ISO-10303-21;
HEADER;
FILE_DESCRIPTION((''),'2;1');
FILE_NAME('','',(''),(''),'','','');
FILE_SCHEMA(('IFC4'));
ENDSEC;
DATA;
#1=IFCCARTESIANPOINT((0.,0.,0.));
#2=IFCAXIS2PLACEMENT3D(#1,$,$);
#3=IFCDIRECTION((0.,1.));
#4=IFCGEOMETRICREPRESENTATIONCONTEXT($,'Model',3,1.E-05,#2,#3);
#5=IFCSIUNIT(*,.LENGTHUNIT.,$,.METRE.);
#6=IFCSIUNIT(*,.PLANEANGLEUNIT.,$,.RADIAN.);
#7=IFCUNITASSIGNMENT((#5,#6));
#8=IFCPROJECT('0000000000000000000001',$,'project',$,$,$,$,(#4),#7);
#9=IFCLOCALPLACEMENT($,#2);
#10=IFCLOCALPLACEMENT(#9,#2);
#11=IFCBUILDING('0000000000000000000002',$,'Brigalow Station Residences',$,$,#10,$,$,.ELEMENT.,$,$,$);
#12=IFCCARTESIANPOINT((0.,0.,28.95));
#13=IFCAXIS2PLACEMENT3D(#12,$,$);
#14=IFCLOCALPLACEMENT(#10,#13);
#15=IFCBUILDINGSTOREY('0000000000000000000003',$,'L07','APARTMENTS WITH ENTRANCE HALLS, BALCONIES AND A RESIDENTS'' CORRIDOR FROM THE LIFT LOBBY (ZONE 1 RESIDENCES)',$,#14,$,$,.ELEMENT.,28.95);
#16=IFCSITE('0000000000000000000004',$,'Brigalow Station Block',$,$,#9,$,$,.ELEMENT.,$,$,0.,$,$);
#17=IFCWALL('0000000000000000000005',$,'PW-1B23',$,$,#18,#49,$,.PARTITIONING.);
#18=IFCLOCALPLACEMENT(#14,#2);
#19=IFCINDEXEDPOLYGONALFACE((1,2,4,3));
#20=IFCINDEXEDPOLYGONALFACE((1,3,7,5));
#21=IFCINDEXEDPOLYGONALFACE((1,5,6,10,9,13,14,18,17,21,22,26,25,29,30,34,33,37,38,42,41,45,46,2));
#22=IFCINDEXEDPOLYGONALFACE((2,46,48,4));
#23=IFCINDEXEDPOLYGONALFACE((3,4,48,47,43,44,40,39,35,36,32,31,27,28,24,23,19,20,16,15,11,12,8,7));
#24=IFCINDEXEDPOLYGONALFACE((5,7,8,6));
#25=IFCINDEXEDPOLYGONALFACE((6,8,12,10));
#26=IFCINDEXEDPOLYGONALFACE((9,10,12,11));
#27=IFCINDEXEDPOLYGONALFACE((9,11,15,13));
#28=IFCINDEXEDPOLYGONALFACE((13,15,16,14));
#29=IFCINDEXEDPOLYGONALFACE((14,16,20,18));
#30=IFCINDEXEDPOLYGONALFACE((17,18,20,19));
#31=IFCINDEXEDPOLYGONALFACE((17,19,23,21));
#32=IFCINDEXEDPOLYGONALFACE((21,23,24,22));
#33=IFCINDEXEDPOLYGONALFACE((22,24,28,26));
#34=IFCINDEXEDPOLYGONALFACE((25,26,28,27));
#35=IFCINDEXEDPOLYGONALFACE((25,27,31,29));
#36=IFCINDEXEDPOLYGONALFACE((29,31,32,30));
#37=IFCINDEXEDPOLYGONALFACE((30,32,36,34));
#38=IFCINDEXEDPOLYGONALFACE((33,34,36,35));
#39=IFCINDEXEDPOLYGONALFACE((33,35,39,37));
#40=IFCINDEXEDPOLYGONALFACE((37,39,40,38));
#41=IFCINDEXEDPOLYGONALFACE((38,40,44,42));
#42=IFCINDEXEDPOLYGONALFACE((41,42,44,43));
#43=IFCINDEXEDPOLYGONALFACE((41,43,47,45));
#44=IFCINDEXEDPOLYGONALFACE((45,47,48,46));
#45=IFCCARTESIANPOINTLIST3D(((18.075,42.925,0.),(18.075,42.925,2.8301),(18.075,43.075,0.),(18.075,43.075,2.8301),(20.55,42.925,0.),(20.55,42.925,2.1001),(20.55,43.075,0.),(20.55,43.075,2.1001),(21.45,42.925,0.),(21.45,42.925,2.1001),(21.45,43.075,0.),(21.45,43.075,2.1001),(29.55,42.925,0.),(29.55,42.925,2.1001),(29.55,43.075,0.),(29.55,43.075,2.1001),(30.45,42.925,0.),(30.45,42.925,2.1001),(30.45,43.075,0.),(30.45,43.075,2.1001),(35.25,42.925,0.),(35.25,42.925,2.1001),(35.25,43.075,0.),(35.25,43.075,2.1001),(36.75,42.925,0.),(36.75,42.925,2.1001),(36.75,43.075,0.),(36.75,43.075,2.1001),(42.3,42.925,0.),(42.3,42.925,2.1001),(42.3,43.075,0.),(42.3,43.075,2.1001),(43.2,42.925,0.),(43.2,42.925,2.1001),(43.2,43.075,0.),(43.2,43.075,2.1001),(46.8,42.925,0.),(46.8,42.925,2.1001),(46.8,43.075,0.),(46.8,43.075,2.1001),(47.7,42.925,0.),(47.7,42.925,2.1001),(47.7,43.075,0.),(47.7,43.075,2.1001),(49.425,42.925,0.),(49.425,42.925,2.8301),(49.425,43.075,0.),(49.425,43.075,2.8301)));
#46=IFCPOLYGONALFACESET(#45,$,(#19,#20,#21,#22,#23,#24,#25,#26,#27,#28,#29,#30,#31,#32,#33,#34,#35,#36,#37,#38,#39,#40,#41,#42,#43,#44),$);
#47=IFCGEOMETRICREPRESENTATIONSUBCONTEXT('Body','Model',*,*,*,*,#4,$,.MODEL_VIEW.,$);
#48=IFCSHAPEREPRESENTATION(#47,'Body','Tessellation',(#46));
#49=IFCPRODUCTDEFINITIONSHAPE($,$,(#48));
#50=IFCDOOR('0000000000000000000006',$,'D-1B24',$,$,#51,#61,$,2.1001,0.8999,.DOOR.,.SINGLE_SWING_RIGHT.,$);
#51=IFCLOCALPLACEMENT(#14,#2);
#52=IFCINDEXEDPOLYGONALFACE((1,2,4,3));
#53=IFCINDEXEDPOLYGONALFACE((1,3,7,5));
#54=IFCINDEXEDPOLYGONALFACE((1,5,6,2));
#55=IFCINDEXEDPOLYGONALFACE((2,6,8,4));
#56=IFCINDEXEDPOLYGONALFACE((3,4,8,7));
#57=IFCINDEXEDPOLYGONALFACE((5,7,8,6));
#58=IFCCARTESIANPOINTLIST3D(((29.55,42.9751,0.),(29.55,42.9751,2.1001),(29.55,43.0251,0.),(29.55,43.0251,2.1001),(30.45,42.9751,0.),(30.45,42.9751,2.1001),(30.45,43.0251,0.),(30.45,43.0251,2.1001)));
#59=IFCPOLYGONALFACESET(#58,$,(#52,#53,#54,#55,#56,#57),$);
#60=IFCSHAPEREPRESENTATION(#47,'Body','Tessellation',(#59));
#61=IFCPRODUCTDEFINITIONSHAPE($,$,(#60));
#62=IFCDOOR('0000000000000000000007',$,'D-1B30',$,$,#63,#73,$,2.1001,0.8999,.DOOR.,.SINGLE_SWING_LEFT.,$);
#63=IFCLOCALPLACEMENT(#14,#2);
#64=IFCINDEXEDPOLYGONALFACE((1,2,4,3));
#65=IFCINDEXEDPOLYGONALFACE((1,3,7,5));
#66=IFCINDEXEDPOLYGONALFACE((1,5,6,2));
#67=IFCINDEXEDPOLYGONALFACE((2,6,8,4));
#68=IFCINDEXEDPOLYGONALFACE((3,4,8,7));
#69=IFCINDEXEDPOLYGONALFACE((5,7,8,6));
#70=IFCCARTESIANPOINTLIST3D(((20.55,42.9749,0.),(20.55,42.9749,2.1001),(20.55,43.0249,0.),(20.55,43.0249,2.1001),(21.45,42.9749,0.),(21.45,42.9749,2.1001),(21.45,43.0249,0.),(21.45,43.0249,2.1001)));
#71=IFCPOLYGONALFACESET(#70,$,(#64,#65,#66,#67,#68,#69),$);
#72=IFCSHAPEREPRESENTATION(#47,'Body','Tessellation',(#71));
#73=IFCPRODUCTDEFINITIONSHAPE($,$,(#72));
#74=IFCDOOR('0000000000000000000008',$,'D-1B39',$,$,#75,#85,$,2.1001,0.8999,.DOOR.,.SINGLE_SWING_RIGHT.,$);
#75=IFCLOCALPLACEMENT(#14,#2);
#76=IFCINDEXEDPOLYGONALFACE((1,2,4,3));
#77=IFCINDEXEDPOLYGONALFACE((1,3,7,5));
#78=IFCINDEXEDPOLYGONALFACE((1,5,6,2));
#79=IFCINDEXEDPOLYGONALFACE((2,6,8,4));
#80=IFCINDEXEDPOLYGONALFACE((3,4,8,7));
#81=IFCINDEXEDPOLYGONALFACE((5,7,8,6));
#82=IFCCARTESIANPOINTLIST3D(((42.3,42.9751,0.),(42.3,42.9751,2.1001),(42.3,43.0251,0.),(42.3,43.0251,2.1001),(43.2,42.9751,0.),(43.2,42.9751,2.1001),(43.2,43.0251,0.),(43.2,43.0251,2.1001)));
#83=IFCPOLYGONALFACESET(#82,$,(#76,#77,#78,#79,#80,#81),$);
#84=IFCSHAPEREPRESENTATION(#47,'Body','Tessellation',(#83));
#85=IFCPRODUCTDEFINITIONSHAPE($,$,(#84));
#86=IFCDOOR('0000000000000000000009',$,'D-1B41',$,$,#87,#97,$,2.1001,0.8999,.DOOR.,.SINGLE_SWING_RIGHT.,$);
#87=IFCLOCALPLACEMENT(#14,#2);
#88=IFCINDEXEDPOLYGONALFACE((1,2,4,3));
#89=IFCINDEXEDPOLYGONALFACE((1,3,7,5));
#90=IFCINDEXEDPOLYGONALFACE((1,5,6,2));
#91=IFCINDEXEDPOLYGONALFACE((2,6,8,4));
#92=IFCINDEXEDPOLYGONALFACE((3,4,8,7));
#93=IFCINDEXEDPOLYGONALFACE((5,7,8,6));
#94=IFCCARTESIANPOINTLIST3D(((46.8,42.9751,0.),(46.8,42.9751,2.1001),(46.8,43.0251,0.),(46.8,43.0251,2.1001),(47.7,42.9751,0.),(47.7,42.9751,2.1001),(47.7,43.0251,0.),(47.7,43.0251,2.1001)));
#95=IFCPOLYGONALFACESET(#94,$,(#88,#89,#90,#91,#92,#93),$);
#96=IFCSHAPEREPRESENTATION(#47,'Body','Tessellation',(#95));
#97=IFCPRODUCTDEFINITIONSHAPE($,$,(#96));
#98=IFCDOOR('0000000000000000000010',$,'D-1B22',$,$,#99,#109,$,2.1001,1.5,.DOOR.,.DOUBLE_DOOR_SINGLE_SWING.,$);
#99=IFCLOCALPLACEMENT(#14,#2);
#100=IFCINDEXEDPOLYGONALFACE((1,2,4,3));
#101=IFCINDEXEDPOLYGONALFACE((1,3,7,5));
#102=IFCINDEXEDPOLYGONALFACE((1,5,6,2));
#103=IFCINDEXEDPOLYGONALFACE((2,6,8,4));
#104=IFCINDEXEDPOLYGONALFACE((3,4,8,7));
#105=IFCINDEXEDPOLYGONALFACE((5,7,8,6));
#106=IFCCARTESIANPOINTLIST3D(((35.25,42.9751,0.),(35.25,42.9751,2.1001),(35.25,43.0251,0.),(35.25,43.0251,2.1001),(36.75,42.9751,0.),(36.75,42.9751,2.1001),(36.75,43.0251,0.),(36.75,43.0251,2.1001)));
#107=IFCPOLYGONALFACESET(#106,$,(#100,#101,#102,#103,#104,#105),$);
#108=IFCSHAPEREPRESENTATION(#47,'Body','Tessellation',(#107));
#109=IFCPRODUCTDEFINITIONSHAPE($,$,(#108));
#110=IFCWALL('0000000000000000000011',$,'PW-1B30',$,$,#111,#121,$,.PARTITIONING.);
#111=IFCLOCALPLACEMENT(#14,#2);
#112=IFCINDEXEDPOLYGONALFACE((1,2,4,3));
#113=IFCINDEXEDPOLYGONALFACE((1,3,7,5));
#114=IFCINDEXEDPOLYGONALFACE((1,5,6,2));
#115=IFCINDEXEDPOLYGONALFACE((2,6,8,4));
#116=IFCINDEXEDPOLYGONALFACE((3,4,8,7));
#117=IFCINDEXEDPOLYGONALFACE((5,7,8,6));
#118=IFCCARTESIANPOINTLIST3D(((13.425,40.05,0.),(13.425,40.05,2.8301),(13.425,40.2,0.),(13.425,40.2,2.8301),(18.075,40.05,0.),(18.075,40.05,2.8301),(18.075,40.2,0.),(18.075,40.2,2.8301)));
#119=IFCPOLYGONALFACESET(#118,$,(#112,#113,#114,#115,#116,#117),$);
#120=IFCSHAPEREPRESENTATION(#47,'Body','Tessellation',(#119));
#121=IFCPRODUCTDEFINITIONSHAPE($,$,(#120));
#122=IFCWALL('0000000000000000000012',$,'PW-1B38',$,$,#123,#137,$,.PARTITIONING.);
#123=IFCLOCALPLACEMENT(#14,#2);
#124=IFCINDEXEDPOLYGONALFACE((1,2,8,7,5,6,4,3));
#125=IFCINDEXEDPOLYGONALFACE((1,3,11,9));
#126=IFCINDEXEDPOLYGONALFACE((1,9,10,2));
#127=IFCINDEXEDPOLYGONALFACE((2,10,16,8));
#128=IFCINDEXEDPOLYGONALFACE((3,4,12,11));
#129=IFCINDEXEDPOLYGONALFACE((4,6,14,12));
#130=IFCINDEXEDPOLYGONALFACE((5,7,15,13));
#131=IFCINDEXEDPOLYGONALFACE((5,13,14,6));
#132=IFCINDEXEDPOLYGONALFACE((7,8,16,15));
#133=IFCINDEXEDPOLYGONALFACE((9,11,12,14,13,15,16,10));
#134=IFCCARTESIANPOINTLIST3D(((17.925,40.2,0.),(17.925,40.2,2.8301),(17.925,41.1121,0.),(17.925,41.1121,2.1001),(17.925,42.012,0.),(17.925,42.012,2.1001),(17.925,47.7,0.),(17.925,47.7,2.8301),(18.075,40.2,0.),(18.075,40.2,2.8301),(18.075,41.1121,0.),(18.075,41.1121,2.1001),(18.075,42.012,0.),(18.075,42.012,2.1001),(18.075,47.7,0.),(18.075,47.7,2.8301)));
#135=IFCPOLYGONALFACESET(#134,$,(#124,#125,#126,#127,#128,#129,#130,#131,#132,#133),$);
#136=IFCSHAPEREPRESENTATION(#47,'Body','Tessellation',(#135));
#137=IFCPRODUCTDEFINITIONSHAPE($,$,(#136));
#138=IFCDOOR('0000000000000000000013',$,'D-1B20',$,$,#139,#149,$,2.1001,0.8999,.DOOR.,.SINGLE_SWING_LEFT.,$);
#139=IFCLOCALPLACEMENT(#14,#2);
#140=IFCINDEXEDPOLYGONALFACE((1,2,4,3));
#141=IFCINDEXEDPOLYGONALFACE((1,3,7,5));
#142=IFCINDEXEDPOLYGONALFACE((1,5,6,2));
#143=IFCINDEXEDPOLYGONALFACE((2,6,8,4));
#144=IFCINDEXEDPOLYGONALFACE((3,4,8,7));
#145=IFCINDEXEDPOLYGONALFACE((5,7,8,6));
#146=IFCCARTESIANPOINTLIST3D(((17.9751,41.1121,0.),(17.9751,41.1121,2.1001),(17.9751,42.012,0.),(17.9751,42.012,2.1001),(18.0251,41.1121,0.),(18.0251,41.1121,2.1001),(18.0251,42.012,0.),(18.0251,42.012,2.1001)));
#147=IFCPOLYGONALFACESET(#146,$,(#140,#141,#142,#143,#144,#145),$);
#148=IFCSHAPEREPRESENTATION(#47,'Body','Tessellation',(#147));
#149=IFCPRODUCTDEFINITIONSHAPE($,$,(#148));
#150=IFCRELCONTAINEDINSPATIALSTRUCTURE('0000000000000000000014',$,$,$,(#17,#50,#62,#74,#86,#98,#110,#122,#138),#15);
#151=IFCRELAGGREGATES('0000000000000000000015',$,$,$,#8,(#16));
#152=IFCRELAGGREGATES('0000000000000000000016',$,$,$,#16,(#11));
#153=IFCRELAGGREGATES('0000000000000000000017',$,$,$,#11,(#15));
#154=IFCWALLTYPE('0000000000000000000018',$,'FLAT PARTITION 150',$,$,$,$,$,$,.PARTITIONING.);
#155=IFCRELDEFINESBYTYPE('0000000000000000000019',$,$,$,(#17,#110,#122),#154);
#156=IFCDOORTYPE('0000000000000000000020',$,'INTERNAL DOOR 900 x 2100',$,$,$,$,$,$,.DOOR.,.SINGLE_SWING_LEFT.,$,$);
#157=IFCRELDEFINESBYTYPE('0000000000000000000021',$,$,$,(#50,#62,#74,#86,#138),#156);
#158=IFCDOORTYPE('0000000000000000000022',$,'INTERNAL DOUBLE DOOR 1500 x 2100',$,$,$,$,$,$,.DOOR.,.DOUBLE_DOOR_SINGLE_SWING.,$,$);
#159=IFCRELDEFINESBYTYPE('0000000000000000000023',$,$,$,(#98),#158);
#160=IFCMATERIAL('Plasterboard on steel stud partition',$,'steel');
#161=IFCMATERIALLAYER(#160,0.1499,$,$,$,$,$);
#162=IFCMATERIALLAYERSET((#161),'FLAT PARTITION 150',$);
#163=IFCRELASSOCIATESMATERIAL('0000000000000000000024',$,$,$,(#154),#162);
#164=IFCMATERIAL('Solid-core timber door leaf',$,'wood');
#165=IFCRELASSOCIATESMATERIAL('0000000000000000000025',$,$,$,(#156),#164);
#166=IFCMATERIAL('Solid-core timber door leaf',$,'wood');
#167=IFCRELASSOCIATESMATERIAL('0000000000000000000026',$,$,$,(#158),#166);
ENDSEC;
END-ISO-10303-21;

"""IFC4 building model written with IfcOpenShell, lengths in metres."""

from ifc_helpers import new_model, si_unit, direction, frame, frame_2d, origin, place, context, subcontext, project, spatial, rectangle, extrude, material, layer, layer_set, type_object, element, fill, save


model = new_model("IFC4")

# Units and contexts
model_context = context("Model", 3, precision=1e-05, world=origin(), true_north=direction((0.0, 1.0)))
body_context = subcontext(model_context, "Body", "Model", "MODEL_VIEW")
ifc_project = project(units=[si_unit("LENGTHUNIT", "METRE"), si_unit("PLANEANGLEUNIT", "RADIAN")], contexts=[model_context])

# Site, building, storey
site_placement = place(None, origin())
site = spatial("IfcSite", under=ifc_project, at=site_placement, Name="Brigalow Station Block", CompositionType="ELEMENT", RefElevation=0.0)
building_placement = place(site_placement, origin())
building = spatial("IfcBuilding", under=site, at=building_placement, Name="Brigalow Station Residences", CompositionType="ELEMENT")
storey_placement = place(building_placement, frame((0.0, 0.0, 28.95)))
storey = spatial("IfcBuildingStorey", under=building, at=storey_placement, Name="L07", Description="APARTMENTS WITH ENTRANCE HALLS, BALCONIES AND A RESIDENTS' CORRIDOR FROM THE LIFT LOBBY (ZONE 1 RESIDENCES)", CompositionType="ELEMENT", Elevation=28.95)

# Wall, openings, doors
ifc_material_1 = material(Name="Plasterboard on steel stud partition", Category="steel")
ifc_layer_1 = layer(ifc_material_1, 0.1499)
ifc_layer_set_1 = layer_set([ifc_layer_1], Name="FLAT PARTITION 150")
wall_type_1 = type_object("IfcWallType", Name="FLAT PARTITION 150", PredefinedType="PARTITIONING", material=ifc_layer_set_1)
wall_1_placement = place(storey_placement, frame((18.075, 43.0, 0.0), z_axis=(0.0, 0.0, 1.0), x_axis=(1.0, 0.0, 0.0)))
wall_1 = element("IfcWall", 1, at=wall_1_placement, inside=storey, type_object=wall_type_1, Name="PW-1B23", PredefinedType="PARTITIONING", context=body_context, shape_type="SweptSolid", body=[
    extrude(rectangle(XDim=31.3501, YDim=0.1499, at=frame_2d((15.675, 0.0))), origin(), (0.0, 0.0, 1.0), 2.8301),
])
opening_1_placement = place(wall_1_placement, frame((17.175, 0.0, 0.0)))
opening_1 = element("IfcOpeningElement", 2, at=opening_1_placement, cuts=wall_1, PredefinedType="OPENING", context=body_context, shape_type="SweptSolid", body=[
    extrude(rectangle(XDim=1.5, YDim=2.1001, at=frame_2d((0.75, 1.05))), frame((0.0, 0.085, 0.0), z_axis=(0.0, -1.0, 0.0), x_axis=(1.0, 0.0, 0.0)), (0.0, 0.0, 1.0), 0.1699),
])
opening_2_placement = place(wall_1_placement, frame((11.4751, 0.0, 0.0)))
opening_2 = element("IfcOpeningElement", 3, at=opening_2_placement, cuts=wall_1, PredefinedType="OPENING", context=body_context, shape_type="SweptSolid", body=[
    extrude(rectangle(XDim=0.8999, YDim=2.1001, at=frame_2d((0.45, 1.05))), frame((0.0, 0.085, 0.0), z_axis=(0.0, -1.0, 0.0), x_axis=(1.0, 0.0, 0.0)), (0.0, 0.0, 1.0), 0.1699),
])
opening_3_placement = place(wall_1_placement, frame((2.4751, 0.0, 0.0)))
opening_3 = element("IfcOpeningElement", 4, at=opening_3_placement, cuts=wall_1, PredefinedType="OPENING", context=body_context, shape_type="SweptSolid", body=[
    extrude(rectangle(XDim=0.8999, YDim=2.1001, at=frame_2d((0.45, 1.05))), frame((0.0, 0.085, 0.0), z_axis=(0.0, -1.0, 0.0), x_axis=(1.0, 0.0, 0.0)), (0.0, 0.0, 1.0), 0.1699),
])
opening_4_placement = place(wall_1_placement, frame((24.2251, 0.0, 0.0)))
opening_4 = element("IfcOpeningElement", 5, at=opening_4_placement, cuts=wall_1, PredefinedType="OPENING", context=body_context, shape_type="SweptSolid", body=[
    extrude(rectangle(XDim=0.8999, YDim=2.1001, at=frame_2d((0.45, 1.05))), frame((0.0, 0.085, 0.0), z_axis=(0.0, -1.0, 0.0), x_axis=(1.0, 0.0, 0.0)), (0.0, 0.0, 1.0), 0.1699),
])
opening_5_placement = place(wall_1_placement, frame((28.7251, 0.0, 0.0)))
opening_5 = element("IfcOpeningElement", 6, at=opening_5_placement, cuts=wall_1, PredefinedType="OPENING", context=body_context, shape_type="SweptSolid", body=[
    extrude(rectangle(XDim=0.8999, YDim=2.1001, at=frame_2d((0.45, 1.05))), frame((0.0, 0.085, 0.0), z_axis=(0.0, -1.0, 0.0), x_axis=(1.0, 0.0, 0.0)), (0.0, 0.0, 1.0), 0.1699),
])
ifc_material_2 = material(Name="Solid-core timber door leaf", Category="wood")
door_type_1 = type_object("IfcDoorType", Name="INTERNAL DOOR 900 x 2100", OperationType="SINGLE_SWING_LEFT", PredefinedType="DOOR", material=ifc_material_2)
door_1_placement = place(opening_2_placement, frame((0.8999, 0.0, 0.0), z_axis=(0.0, 0.0, 1.0), x_axis=(-1.0, 0.0, 0.0)))
door_1 = element("IfcDoor", 7, at=door_1_placement, inside=storey, type_object=door_type_1, Name="D-1B24", OperationType="SINGLE_SWING_RIGHT", OverallHeight=2.1001, OverallWidth=0.8999, PredefinedType="DOOR", context=body_context, shape_type="SweptSolid", body=[
    extrude(rectangle(XDim=0.8999, YDim=2.1001, at=frame_2d((0.45, 1.05))), frame((0.0, 0.0249, 0.0), z_axis=(0.0, -1.0, 0.0), x_axis=(1.0, 0.0, 0.0)), (0.0, 0.0, 1.0), 0.05),
])
fill(opening_2, door_1)
door_2_placement = place(opening_3_placement, origin())
door_2 = element("IfcDoor", 8, at=door_2_placement, inside=storey, type_object=door_type_1, Name="D-1B30", OperationType="SINGLE_SWING_LEFT", OverallHeight=2.1001, OverallWidth=0.8999, PredefinedType="DOOR", context=body_context, shape_type="SweptSolid", body=[
    extrude(rectangle(XDim=0.8999, YDim=2.1001, at=frame_2d((0.45, 1.05))), frame((0.0, 0.0249, 0.0), z_axis=(0.0, -1.0, 0.0), x_axis=(1.0, 0.0, 0.0)), (0.0, 0.0, 1.0), 0.05),
])
fill(opening_3, door_2)
door_3_placement = place(opening_4_placement, frame((0.8999, 0.0, 0.0), z_axis=(0.0, 0.0, 1.0), x_axis=(-1.0, 0.0, 0.0)))
door_3 = element("IfcDoor", 9, at=door_3_placement, inside=storey, type_object=door_type_1, Name="D-1B39", OperationType="SINGLE_SWING_RIGHT", OverallHeight=2.1001, OverallWidth=0.8999, PredefinedType="DOOR", context=body_context, shape_type="SweptSolid", body=[
    extrude(rectangle(XDim=0.8999, YDim=2.1001, at=frame_2d((0.45, 1.05))), frame((0.0, 0.0249, 0.0), z_axis=(0.0, -1.0, 0.0), x_axis=(1.0, 0.0, 0.0)), (0.0, 0.0, 1.0), 0.05),
])
fill(opening_4, door_3)
door_4_placement = place(opening_5_placement, frame((0.8999, 0.0, 0.0), z_axis=(0.0, 0.0, 1.0), x_axis=(-1.0, 0.0, 0.0)))
door_4 = element("IfcDoor", 10, at=door_4_placement, inside=storey, type_object=door_type_1, Name="D-1B41", OperationType="SINGLE_SWING_RIGHT", OverallHeight=2.1001, OverallWidth=0.8999, PredefinedType="DOOR", context=body_context, shape_type="SweptSolid", body=[
    extrude(rectangle(XDim=0.8999, YDim=2.1001, at=frame_2d((0.45, 1.05))), frame((0.0, 0.0249, 0.0), z_axis=(0.0, -1.0, 0.0), x_axis=(1.0, 0.0, 0.0)), (0.0, 0.0, 1.0), 0.05),
])
fill(opening_5, door_4)
ifc_material_3 = material(Name="Solid-core timber door leaf", Category="wood")
door_type_2 = type_object("IfcDoorType", Name="INTERNAL DOUBLE DOOR 1500 x 2100", OperationType="DOUBLE_DOOR_SINGLE_SWING", PredefinedType="DOOR", material=ifc_material_3)
door_5_placement = place(opening_1_placement, frame((1.5, 0.0, 0.0), z_axis=(0.0, 0.0, 1.0), x_axis=(-1.0, 0.0, 0.0)))
door_5 = element("IfcDoor", 11, at=door_5_placement, inside=storey, type_object=door_type_2, Name="D-1B22", OperationType="DOUBLE_DOOR_SINGLE_SWING", OverallHeight=2.1001, OverallWidth=1.5, PredefinedType="DOOR", context=body_context, shape_type="SweptSolid", body=[
    extrude(rectangle(XDim=1.5, YDim=2.1001, at=frame_2d((0.75, 1.05))), frame((0.0, 0.0249, 0.0), z_axis=(0.0, -1.0, 0.0), x_axis=(1.0, 0.0, 0.0)), (0.0, 0.0, 1.0), 0.05),
])
fill(opening_1, door_5)

# Wall
wall_2_placement = place(storey_placement, frame((13.425, 40.125, 0.0), z_axis=(0.0, 0.0, 1.0), x_axis=(1.0, 0.0, 0.0)))
element("IfcWall", 12, at=wall_2_placement, inside=storey, type_object=wall_type_1, Name="PW-1B30", PredefinedType="PARTITIONING", context=body_context, shape_type="SweptSolid", body=[
    extrude(rectangle(XDim=4.6499, YDim=0.1499, at=frame_2d((2.325, 0.0))), origin(), (0.0, 0.0, 1.0), 2.8301),
])

# Wall, opening, door
wall_3_placement = place(storey_placement, frame((18.0, 40.2, 0.0), z_axis=(0.0, 0.0, 1.0), x_axis=(0.0, 1.0, 0.0)))
wall_3 = element("IfcWall", 13, at=wall_3_placement, inside=storey, type_object=wall_type_1, Name="PW-1B38", PredefinedType="PARTITIONING", context=body_context, shape_type="SweptSolid", body=[
    extrude(rectangle(XDim=7.5, YDim=0.1499, at=frame_2d((3.75, 0.0))), origin(), (0.0, 0.0, 1.0), 2.8301),
])
opening_6_placement = place(wall_3_placement, frame((0.9121, 0.0, 0.0)))
opening_6 = element("IfcOpeningElement", 14, at=opening_6_placement, cuts=wall_3, PredefinedType="OPENING", context=body_context, shape_type="SweptSolid", body=[
    extrude(rectangle(XDim=0.8999, YDim=2.1001, at=frame_2d((0.45, 1.05))), frame((0.0, 0.085, 0.0), z_axis=(0.0, -1.0, 0.0), x_axis=(1.0, 0.0, 0.0)), (0.0, 0.0, 1.0), 0.1699),
])
door_6_placement = place(opening_6_placement, origin())
door_6 = element("IfcDoor", 15, at=door_6_placement, inside=storey, type_object=door_type_1, Name="D-1B20", OperationType="SINGLE_SWING_LEFT", OverallHeight=2.1001, OverallWidth=0.8999, PredefinedType="DOOR", context=body_context, shape_type="SweptSolid", body=[
    extrude(rectangle(XDim=0.8999, YDim=2.1001, at=frame_2d((0.45, 1.05))), frame((0.0, 0.0249, 0.0), z_axis=(0.0, -1.0, 0.0), x_axis=(1.0, 0.0, 0.0)), (0.0, 0.0, 1.0), 0.05),
])
fill(opening_6, door_6)

save(model, "model.ifc")
